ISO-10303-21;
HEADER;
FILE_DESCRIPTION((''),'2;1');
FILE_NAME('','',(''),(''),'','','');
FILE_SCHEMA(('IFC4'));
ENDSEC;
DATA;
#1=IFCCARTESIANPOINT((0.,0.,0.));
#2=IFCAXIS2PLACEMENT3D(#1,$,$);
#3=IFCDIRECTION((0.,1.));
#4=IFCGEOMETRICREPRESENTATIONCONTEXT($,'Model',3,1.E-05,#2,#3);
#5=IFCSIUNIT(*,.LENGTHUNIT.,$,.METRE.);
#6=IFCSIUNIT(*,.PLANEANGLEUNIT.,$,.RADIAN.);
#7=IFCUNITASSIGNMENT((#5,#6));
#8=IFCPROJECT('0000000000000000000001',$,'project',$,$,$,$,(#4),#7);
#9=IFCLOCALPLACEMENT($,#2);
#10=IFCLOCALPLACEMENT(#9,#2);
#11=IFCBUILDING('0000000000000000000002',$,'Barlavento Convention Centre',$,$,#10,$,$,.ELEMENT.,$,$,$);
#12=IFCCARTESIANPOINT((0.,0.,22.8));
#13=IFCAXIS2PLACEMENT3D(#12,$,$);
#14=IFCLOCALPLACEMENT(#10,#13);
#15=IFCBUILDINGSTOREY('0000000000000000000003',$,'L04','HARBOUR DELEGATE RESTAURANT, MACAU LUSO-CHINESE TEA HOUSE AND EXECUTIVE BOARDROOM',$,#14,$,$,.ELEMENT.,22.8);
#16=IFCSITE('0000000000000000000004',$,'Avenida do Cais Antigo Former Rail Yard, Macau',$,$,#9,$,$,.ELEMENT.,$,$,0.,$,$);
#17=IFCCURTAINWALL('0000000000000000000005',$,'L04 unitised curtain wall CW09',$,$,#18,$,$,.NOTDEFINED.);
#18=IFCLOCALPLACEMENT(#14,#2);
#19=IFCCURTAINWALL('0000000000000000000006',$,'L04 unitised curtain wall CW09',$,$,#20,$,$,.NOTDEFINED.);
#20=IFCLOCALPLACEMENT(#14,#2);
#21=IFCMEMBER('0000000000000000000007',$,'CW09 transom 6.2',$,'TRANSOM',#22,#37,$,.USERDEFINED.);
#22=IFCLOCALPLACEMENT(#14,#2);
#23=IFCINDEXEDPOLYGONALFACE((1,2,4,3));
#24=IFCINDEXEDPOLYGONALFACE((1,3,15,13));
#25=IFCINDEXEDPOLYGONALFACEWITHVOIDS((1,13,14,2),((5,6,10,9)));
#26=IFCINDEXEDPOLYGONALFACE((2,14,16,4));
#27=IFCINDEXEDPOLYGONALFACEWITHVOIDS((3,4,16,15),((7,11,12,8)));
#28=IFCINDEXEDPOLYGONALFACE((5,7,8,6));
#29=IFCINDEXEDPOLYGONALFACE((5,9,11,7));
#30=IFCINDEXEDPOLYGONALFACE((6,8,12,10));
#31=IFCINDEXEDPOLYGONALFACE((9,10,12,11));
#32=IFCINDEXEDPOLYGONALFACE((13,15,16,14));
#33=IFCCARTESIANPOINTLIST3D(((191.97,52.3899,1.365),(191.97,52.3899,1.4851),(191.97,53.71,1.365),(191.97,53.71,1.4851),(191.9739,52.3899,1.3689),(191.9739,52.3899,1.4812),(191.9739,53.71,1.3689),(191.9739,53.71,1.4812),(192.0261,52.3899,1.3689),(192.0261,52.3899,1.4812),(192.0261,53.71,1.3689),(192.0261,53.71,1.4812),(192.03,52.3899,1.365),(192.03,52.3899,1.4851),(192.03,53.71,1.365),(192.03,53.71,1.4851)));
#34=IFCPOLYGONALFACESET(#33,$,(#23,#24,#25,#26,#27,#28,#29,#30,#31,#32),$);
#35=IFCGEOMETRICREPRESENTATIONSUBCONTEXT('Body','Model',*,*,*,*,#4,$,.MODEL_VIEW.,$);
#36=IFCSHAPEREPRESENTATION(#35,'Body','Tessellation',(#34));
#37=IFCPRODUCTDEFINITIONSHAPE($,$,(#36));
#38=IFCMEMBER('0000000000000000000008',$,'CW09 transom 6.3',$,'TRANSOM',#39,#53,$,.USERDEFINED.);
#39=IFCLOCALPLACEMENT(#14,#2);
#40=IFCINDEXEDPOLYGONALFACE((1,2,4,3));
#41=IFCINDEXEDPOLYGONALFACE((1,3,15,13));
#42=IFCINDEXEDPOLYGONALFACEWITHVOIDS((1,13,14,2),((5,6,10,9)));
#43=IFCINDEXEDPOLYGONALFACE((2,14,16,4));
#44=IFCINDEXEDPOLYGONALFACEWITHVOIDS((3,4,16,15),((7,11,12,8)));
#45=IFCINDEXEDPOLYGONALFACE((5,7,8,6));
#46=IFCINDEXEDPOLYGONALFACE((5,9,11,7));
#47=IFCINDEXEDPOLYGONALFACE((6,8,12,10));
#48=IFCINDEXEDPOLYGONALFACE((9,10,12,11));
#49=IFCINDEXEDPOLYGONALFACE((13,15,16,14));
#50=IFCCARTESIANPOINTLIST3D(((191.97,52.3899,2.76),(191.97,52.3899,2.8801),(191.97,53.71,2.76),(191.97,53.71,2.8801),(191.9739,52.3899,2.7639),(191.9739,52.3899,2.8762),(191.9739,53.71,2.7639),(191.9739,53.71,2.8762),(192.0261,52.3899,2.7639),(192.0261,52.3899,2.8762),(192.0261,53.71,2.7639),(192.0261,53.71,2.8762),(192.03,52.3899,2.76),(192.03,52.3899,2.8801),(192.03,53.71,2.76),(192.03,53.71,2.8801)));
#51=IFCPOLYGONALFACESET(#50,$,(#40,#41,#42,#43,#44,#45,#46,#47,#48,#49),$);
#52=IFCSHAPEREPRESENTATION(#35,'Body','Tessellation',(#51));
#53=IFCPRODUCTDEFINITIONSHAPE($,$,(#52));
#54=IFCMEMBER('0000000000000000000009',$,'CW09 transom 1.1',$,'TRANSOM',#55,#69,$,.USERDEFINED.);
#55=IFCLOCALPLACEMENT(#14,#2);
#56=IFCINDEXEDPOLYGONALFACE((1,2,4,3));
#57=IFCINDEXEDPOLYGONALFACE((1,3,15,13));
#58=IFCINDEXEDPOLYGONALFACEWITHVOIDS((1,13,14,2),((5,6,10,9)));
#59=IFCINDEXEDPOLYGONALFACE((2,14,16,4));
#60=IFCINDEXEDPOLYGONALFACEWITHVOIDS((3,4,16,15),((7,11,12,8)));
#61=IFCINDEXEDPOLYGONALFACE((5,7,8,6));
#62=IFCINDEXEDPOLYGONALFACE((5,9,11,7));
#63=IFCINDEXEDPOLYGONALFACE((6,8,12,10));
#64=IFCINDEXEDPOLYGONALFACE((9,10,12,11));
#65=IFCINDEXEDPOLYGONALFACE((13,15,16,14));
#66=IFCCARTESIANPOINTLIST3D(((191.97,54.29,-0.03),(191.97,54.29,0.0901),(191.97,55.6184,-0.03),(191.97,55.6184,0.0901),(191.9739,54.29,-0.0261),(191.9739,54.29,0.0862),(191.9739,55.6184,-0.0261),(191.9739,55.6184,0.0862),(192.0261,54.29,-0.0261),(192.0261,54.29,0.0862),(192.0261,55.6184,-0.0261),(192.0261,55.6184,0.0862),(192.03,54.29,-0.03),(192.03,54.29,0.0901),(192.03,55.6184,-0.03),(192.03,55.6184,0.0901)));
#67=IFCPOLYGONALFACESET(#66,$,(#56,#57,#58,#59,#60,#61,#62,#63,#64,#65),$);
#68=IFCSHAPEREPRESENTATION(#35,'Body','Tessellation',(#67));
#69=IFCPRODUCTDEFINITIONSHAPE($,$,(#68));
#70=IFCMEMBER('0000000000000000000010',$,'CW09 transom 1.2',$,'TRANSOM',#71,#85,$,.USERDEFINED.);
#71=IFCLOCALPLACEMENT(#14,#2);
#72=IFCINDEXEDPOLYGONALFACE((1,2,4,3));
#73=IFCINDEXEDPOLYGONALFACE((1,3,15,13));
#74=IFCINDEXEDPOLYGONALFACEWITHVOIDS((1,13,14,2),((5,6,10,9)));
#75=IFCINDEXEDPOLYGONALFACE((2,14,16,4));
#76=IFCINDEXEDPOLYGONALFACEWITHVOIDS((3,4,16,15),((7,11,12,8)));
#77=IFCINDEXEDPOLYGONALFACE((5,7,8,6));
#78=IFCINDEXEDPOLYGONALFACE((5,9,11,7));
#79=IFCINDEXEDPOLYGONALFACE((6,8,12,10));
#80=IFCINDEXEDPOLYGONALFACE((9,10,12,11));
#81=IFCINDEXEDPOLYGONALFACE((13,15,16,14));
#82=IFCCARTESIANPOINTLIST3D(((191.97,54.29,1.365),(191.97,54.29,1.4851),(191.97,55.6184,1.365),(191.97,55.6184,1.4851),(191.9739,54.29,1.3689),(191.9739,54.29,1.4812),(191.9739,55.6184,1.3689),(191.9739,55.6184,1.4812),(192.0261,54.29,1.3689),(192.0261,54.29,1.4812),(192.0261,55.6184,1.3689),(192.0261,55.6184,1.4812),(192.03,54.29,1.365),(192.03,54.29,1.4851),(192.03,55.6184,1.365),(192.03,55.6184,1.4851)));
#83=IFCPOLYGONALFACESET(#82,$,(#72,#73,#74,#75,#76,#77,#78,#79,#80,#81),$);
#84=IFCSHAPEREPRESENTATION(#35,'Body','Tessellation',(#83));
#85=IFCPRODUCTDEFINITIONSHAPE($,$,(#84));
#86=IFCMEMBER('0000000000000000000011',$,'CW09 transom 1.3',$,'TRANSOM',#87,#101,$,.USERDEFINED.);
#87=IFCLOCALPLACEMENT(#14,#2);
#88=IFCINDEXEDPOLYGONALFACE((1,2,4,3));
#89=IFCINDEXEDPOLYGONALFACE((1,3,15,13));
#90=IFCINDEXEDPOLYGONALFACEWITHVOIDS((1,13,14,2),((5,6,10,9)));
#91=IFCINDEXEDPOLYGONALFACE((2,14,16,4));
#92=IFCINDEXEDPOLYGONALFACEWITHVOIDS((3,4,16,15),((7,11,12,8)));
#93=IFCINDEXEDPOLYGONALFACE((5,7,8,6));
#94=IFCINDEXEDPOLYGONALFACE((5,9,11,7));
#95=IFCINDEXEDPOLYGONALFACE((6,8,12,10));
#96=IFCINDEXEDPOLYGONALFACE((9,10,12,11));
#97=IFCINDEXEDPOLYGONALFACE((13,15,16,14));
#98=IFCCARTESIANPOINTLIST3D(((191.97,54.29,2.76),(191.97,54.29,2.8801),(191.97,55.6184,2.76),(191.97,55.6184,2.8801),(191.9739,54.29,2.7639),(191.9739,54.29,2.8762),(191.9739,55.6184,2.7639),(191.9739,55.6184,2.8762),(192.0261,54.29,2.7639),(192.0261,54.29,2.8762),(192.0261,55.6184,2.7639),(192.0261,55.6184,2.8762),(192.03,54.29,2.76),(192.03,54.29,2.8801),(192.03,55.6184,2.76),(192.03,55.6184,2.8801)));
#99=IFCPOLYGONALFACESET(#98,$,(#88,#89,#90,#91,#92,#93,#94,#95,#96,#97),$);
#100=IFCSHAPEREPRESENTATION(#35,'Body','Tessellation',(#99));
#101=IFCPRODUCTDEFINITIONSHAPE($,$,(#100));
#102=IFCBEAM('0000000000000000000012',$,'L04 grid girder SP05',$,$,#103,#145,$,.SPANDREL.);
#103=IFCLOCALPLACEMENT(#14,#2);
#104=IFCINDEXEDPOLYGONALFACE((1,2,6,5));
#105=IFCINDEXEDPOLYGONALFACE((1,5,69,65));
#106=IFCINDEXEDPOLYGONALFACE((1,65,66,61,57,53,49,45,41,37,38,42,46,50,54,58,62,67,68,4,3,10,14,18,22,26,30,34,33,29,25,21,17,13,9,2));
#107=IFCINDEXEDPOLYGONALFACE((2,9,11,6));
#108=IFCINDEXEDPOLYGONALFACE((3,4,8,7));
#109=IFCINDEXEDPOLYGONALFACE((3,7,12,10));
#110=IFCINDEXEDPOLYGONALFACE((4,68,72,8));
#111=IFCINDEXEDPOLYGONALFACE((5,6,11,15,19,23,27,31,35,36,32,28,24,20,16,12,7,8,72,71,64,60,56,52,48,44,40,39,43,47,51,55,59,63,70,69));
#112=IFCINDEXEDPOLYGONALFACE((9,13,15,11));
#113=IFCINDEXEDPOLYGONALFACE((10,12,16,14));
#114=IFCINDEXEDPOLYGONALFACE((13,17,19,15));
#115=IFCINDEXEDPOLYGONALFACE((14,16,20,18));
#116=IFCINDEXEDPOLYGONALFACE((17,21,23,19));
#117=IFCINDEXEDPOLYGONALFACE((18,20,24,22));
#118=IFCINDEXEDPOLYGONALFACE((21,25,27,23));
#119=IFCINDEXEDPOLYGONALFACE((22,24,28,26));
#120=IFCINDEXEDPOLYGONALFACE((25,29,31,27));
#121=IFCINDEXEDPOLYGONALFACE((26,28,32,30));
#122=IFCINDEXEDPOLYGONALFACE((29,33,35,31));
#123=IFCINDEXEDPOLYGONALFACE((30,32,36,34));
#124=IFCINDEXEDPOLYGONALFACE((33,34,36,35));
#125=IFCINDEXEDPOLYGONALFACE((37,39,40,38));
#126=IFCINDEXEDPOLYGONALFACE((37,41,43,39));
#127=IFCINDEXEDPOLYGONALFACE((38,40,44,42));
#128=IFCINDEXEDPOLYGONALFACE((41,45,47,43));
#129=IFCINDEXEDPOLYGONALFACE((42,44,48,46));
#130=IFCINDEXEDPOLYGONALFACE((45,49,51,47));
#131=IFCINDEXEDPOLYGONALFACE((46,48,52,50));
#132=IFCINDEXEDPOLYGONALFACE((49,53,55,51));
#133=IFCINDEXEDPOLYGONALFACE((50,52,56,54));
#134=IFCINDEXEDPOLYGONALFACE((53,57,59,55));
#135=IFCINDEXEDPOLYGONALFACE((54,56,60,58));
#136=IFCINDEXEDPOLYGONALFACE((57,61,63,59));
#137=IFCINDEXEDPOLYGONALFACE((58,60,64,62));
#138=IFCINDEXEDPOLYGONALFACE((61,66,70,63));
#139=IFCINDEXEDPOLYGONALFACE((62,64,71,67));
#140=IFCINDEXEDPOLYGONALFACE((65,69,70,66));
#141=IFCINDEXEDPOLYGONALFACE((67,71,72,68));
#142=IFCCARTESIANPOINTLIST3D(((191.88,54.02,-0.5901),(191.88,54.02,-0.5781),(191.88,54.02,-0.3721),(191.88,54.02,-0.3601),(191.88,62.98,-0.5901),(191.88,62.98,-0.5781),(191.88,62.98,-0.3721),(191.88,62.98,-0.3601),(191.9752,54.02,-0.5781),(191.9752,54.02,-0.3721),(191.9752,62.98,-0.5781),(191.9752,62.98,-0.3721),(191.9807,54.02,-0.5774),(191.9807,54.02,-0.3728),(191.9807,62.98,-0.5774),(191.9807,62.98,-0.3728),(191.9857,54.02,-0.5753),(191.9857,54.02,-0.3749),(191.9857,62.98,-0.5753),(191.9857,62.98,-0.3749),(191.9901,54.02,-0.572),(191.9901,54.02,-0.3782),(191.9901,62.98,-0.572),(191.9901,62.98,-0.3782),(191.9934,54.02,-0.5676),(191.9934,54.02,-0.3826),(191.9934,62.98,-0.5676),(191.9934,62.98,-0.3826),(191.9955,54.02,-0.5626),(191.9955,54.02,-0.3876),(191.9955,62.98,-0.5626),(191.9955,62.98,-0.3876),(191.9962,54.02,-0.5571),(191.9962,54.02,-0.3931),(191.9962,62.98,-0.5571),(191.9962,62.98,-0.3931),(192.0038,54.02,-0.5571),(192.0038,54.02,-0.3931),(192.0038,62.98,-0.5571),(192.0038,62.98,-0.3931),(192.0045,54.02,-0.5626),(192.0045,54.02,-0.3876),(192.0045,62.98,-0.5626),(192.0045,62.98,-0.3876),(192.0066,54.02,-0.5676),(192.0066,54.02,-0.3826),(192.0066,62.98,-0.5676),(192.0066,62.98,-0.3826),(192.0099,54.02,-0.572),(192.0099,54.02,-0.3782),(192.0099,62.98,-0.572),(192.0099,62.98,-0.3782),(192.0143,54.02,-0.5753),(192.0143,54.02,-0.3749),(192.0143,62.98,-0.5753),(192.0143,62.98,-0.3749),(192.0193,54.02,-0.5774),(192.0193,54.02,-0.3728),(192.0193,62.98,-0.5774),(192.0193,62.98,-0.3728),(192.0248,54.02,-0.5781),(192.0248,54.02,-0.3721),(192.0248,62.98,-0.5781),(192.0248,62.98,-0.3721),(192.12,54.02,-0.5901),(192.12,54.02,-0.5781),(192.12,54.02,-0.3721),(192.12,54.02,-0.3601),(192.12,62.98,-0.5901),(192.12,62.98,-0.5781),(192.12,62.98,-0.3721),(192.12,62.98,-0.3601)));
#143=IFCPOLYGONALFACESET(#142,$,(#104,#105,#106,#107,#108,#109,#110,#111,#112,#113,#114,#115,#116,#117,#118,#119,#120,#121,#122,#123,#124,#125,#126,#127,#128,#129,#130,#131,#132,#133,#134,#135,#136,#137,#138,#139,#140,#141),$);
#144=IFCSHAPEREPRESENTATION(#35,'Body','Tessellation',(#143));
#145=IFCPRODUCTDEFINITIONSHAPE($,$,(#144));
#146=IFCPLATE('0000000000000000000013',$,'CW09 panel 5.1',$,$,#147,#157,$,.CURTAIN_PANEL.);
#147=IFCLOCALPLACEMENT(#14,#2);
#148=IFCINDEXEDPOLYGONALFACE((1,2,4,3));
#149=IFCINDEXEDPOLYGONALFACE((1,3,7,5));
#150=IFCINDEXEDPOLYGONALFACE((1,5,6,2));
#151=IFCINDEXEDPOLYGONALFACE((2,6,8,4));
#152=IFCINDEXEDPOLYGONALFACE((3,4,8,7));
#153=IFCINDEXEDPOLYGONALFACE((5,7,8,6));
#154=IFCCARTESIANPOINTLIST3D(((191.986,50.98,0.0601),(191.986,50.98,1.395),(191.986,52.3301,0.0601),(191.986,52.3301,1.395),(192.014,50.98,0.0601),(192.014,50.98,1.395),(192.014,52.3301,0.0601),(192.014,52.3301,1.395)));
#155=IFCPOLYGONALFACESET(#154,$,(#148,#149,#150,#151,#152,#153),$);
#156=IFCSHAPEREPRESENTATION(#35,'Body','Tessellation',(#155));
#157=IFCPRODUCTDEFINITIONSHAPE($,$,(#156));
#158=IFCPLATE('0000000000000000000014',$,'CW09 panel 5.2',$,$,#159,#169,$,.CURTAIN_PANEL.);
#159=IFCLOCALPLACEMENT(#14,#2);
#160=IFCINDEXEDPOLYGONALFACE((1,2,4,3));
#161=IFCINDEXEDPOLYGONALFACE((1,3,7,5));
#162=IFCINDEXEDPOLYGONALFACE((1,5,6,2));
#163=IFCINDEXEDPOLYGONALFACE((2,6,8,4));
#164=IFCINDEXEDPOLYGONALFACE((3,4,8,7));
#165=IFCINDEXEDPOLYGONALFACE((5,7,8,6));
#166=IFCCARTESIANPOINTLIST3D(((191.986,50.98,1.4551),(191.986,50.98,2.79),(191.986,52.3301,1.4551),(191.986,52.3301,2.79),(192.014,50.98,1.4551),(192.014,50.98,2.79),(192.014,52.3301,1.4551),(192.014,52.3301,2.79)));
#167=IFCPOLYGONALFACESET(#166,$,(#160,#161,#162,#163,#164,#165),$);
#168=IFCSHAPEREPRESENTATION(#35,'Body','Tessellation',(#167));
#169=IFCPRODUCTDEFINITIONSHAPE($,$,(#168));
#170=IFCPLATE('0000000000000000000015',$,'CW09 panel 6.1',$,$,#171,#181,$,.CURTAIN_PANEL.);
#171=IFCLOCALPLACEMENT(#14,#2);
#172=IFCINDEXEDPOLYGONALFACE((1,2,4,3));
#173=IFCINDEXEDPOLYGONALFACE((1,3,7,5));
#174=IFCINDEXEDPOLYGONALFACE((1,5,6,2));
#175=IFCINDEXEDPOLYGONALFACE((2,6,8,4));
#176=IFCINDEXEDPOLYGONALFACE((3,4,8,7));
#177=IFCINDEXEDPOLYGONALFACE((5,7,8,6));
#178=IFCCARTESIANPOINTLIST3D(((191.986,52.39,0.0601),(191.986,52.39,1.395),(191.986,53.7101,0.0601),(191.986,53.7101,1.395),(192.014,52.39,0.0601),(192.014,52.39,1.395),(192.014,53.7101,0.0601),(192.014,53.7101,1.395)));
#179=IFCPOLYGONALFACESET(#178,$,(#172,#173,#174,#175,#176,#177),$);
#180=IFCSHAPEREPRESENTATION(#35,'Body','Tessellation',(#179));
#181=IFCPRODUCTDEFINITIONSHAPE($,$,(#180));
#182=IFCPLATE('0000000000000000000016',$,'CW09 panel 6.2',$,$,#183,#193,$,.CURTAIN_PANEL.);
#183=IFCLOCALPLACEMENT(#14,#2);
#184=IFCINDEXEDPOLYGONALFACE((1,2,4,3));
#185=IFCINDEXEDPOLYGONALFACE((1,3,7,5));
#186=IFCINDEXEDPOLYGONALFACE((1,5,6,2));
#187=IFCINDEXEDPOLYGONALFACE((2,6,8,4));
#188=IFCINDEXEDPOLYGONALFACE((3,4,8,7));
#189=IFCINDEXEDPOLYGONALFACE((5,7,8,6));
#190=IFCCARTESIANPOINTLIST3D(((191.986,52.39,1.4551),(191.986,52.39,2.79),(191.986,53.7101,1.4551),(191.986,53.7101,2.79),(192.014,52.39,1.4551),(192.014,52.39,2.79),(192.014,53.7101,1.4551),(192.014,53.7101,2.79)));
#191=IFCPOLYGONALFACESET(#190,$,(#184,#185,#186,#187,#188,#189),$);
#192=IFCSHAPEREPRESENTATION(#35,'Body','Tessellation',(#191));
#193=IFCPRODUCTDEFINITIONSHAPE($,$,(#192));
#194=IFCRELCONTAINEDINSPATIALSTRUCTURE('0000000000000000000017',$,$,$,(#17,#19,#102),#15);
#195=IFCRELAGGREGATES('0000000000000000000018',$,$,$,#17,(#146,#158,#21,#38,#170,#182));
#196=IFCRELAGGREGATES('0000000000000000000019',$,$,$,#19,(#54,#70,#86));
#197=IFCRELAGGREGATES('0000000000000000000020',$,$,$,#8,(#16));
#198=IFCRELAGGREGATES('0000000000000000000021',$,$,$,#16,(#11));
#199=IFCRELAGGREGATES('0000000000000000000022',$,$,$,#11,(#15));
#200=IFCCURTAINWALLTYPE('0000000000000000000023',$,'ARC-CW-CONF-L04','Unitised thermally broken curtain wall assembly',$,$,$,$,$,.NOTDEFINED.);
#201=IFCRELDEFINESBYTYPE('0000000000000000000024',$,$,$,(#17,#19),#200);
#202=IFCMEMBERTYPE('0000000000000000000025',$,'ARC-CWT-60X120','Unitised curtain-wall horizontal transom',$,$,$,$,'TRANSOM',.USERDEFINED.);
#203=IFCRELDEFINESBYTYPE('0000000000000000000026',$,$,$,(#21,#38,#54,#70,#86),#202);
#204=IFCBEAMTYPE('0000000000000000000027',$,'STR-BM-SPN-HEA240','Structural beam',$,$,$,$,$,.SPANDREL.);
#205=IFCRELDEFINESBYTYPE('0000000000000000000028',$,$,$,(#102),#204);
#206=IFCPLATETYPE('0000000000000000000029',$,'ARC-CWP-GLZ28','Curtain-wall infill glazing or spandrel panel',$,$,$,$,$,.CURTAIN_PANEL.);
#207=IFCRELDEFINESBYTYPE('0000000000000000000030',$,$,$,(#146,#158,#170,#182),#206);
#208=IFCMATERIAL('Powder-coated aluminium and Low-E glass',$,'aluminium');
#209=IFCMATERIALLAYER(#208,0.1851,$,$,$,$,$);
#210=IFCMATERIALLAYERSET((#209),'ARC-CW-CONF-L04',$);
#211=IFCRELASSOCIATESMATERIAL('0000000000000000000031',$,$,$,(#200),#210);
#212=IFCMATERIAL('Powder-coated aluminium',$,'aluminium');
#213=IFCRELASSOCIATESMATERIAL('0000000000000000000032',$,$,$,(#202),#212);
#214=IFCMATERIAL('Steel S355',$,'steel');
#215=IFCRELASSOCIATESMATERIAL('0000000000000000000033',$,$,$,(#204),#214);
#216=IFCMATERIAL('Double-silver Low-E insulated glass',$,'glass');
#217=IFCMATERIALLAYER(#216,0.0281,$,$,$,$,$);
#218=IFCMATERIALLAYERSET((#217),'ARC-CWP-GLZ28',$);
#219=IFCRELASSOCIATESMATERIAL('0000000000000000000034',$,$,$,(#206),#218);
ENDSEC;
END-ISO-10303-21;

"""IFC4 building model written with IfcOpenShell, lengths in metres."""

from ifc_helpers import new_model, si_unit, direction, frame, origin, origin_2d, place, context, subcontext, project, spatial, rectangle, hollow_rectangle, i_section, extrude, material, layer, layer_set, material_profile, profile_set, type_object, element, aggregate, save


model = new_model("IFC4")

# Units and contexts
model_context = context("Model", 3, precision=1e-05, world=origin(), true_north=direction((0.0, 1.0)))
body_context = subcontext(model_context, "Body", "Model", "MODEL_VIEW")
ifc_project = project(units=[si_unit("LENGTHUNIT", "METRE"), si_unit("PLANEANGLEUNIT", "RADIAN")], contexts=[model_context])

# Site, building, storey
site_placement = place(None, origin())
site = spatial("IfcSite", under=ifc_project, at=site_placement, Name="Avenida do Cais Antigo Former Rail Yard, Macau", CompositionType="ELEMENT", RefElevation=0.0)
building_placement = place(site_placement, origin())
building = spatial("IfcBuilding", under=site, at=building_placement, Name="Barlavento Convention Centre", CompositionType="ELEMENT")
storey_placement = place(building_placement, frame((0.0, 0.0, 22.8)))
storey = spatial("IfcBuildingStorey", under=building, at=storey_placement, Name="L04", Description="HARBOUR DELEGATE RESTAURANT, MACAU LUSO-CHINESE TEA HOUSE AND EXECUTIVE BOARDROOM", CompositionType="ELEMENT", Elevation=22.8)

# Shared definitions
ifc_material_1 = material(Name="Steel S355", Category="steel")

# Curtain walls
ifc_material_2 = material(Name="Powder-coated aluminium and Low-E glass", Category="aluminium")
ifc_layer_1 = layer(ifc_material_2, 0.1851)
ifc_layer_set_1 = layer_set([ifc_layer_1], Name="ARC-CW-CONF-L04")
curtain_wall_type = type_object("IfcCurtainWallType", Name="ARC-CW-CONF-L04", Description="Unitised thermally broken curtain wall assembly", PredefinedType="NOTDEFINED", material=ifc_layer_set_1)
curtain_wall_1_placement = place(storey_placement, origin())
curtain_wall_1 = element("IfcCurtainWall", 1, at=curtain_wall_1_placement, inside=storey, type_object=curtain_wall_type, Name="L04 unitised curtain wall CW09", PredefinedType="NOTDEFINED")
ifc_material_3 = material(Name="Powder-coated aluminium", Category="aluminium")
curtain_wall_2_placement = place(storey_placement, origin())
curtain_wall_2 = element("IfcCurtainWall", 2, at=curtain_wall_2_placement, inside=storey, type_object=curtain_wall_type, Name="L04 unitised curtain wall CW09", PredefinedType="NOTDEFINED")

# Members
ifc_material_profile_1 = material_profile(ifc_material_3, hollow_rectangle(XDim=0.0601, YDim=0.1201, WallThickness=0.0039, at=origin_2d()), Name="AL-TRAN 60x120x4")
ifc_profile_set_1 = profile_set([ifc_material_profile_1], Name="Powder-coated aluminium")
member_type_1 = type_object("IfcMemberType", Name="ARC-CWT-60X120", Description="Unitised curtain-wall horizontal transom", ElementType="TRANSOM", PredefinedType="USERDEFINED", material=ifc_profile_set_1)
member_1_placement = place(storey_placement, frame((192.0, 52.3899, 1.425), z_axis=(0.0, 1.0, 0.0), x_axis=(-1.0, 0.0, 0.0)))
member_1 = element("IfcMember", 3, at=member_1_placement, type_object=member_type_1, Name="CW09 transom 6.2", ObjectType="TRANSOM", PredefinedType="USERDEFINED", context=body_context, shape_type="SweptSolid", body=[
    extrude(hollow_rectangle(XDim=0.0601, YDim=0.1201, WallThickness=0.0039, at=origin_2d()), origin(), (0.0, 0.0, 1.0), 1.3201),
])
member_2_placement = place(storey_placement, frame((192.0, 52.3899, 2.8201), z_axis=(0.0, 1.0, 0.0), x_axis=(-1.0, 0.0, 0.0)))
member_2 = element("IfcMember", 4, at=member_2_placement, type_object=member_type_1, Name="CW09 transom 6.3", ObjectType="TRANSOM", PredefinedType="USERDEFINED", context=body_context, shape_type="SweptSolid", body=[
    extrude(hollow_rectangle(XDim=0.0601, YDim=0.1201, WallThickness=0.0039, at=origin_2d()), origin(), (0.0, 0.0, 1.0), 1.3201),
])
member_3_placement = place(storey_placement, frame((192.0, 54.29, 0.03), z_axis=(0.0, 1.0, 0.0), x_axis=(-1.0, 0.0, 0.0)))
member_3 = element("IfcMember", 5, at=member_3_placement, type_object=member_type_1, Name="CW09 transom 1.1", ObjectType="TRANSOM", PredefinedType="USERDEFINED", context=body_context, shape_type="SweptSolid", body=[
    extrude(hollow_rectangle(XDim=0.0601, YDim=0.1201, WallThickness=0.0039, at=origin_2d()), origin(), (0.0, 0.0, 1.0), 1.3284),
])
member_4_placement = place(storey_placement, frame((192.0, 54.29, 1.425), z_axis=(0.0, 1.0, 0.0), x_axis=(-1.0, 0.0, 0.0)))
member_4 = element("IfcMember", 6, at=member_4_placement, type_object=member_type_1, Name="CW09 transom 1.2", ObjectType="TRANSOM", PredefinedType="USERDEFINED", context=body_context, shape_type="SweptSolid", body=[
    extrude(hollow_rectangle(XDim=0.0601, YDim=0.1201, WallThickness=0.0039, at=origin_2d()), origin(), (0.0, 0.0, 1.0), 1.3284),
])
member_5_placement = place(storey_placement, frame((192.0, 54.29, 2.8201), z_axis=(0.0, 1.0, 0.0), x_axis=(-1.0, 0.0, 0.0)))
member_5 = element("IfcMember", 7, at=member_5_placement, type_object=member_type_1, Name="CW09 transom 1.3", ObjectType="TRANSOM", PredefinedType="USERDEFINED", context=body_context, shape_type="SweptSolid", body=[
    extrude(hollow_rectangle(XDim=0.0601, YDim=0.1201, WallThickness=0.0039, at=origin_2d()), origin(), (0.0, 0.0, 1.0), 1.3284),
])

# Beam
ifc_material_profile_2 = material_profile(ifc_material_1, i_section(OverallWidth=0.24, OverallDepth=0.23, WebThickness=0.0076, FlangeThickness=0.012, FilletRadius=0.021, at=origin_2d()), Name="HEA 240")
ifc_profile_set_2 = profile_set([ifc_material_profile_2], Name="Steel S355")
beam_type = type_object("IfcBeamType", Name="STR-BM-SPN-HEA240", Description="Structural beam", PredefinedType="SPANDREL", material=ifc_profile_set_2)
beam_placement = place(storey_placement, frame((192.0, 54.02, -0.4751), z_axis=(0.0, 1.0, 0.0), x_axis=(-1.0, 0.0, 0.0)))
element("IfcBeam", 8, at=beam_placement, inside=storey, type_object=beam_type, Name="L04 grid girder SP05", PredefinedType="SPANDREL", context=body_context, shape_type="SweptSolid", body=[
    extrude(i_section(OverallWidth=0.24, OverallDepth=0.23, WebThickness=0.0076, FlangeThickness=0.012, FilletRadius=0.021, at=origin_2d()), origin(), (0.0, 0.0, 1.0), 8.96),
])

# Plates
ifc_material_4 = material(Name="Double-silver Low-E insulated glass", Category="glass")
ifc_layer_2 = layer(ifc_material_4, 0.0281)
ifc_layer_set_2 = layer_set([ifc_layer_2], Name="ARC-CWP-GLZ28")
plate_type = type_object("IfcPlateType", Name="ARC-CWP-GLZ28", Description="Curtain-wall infill glazing or spandrel panel", PredefinedType="CURTAIN_PANEL", material=ifc_layer_set_2)
plate_1_placement = place(storey_placement, frame((192.0, 51.655, 0.0601), z_axis=(0.0, 0.0, 1.0), x_axis=(0.0, 1.0, 0.0)))
plate_1 = element("IfcPlate", 9, at=plate_1_placement, type_object=plate_type, Name="CW09 panel 5.1", PredefinedType="CURTAIN_PANEL", context=body_context, shape_type="SweptSolid", body=[
    extrude(rectangle(XDim=1.3501, YDim=0.0281, at=origin_2d()), origin(), (0.0, 0.0, 1.0), 1.335),
])
plate_2_placement = place(storey_placement, frame((192.0, 51.655, 1.4551), z_axis=(0.0, 0.0, 1.0), x_axis=(0.0, 1.0, 0.0)))
plate_2 = element("IfcPlate", 10, at=plate_2_placement, type_object=plate_type, Name="CW09 panel 5.2", PredefinedType="CURTAIN_PANEL", context=body_context, shape_type="SweptSolid", body=[
    extrude(rectangle(XDim=1.3501, YDim=0.0281, at=origin_2d()), origin(), (0.0, 0.0, 1.0), 1.335),
])
plate_3_placement = place(storey_placement, frame((192.0, 53.05, 0.0601), z_axis=(0.0, 0.0, 1.0), x_axis=(0.0, 1.0, 0.0)))
plate_3 = element("IfcPlate", 11, at=plate_3_placement, type_object=plate_type, Name="CW09 panel 6.1", PredefinedType="CURTAIN_PANEL", context=body_context, shape_type="SweptSolid", body=[
    extrude(rectangle(XDim=1.3201, YDim=0.0281, at=origin_2d()), origin(), (0.0, 0.0, 1.0), 1.335),
])
plate_4_placement = place(storey_placement, frame((192.0, 53.05, 1.4551), z_axis=(0.0, 0.0, 1.0), x_axis=(0.0, 1.0, 0.0)))
plate_4 = element("IfcPlate", 12, at=plate_4_placement, type_object=plate_type, Name="CW09 panel 6.2", PredefinedType="CURTAIN_PANEL", context=body_context, shape_type="SweptSolid", body=[
    extrude(rectangle(XDim=1.3201, YDim=0.0281, at=origin_2d()), origin(), (0.0, 0.0, 1.0), 1.335),
])
aggregate(curtain_wall_1, [plate_1, plate_2, member_1, member_2, plate_3, plate_4])
aggregate(curtain_wall_2, [member_3, member_4, member_5])

save(model, "model.ifc")
